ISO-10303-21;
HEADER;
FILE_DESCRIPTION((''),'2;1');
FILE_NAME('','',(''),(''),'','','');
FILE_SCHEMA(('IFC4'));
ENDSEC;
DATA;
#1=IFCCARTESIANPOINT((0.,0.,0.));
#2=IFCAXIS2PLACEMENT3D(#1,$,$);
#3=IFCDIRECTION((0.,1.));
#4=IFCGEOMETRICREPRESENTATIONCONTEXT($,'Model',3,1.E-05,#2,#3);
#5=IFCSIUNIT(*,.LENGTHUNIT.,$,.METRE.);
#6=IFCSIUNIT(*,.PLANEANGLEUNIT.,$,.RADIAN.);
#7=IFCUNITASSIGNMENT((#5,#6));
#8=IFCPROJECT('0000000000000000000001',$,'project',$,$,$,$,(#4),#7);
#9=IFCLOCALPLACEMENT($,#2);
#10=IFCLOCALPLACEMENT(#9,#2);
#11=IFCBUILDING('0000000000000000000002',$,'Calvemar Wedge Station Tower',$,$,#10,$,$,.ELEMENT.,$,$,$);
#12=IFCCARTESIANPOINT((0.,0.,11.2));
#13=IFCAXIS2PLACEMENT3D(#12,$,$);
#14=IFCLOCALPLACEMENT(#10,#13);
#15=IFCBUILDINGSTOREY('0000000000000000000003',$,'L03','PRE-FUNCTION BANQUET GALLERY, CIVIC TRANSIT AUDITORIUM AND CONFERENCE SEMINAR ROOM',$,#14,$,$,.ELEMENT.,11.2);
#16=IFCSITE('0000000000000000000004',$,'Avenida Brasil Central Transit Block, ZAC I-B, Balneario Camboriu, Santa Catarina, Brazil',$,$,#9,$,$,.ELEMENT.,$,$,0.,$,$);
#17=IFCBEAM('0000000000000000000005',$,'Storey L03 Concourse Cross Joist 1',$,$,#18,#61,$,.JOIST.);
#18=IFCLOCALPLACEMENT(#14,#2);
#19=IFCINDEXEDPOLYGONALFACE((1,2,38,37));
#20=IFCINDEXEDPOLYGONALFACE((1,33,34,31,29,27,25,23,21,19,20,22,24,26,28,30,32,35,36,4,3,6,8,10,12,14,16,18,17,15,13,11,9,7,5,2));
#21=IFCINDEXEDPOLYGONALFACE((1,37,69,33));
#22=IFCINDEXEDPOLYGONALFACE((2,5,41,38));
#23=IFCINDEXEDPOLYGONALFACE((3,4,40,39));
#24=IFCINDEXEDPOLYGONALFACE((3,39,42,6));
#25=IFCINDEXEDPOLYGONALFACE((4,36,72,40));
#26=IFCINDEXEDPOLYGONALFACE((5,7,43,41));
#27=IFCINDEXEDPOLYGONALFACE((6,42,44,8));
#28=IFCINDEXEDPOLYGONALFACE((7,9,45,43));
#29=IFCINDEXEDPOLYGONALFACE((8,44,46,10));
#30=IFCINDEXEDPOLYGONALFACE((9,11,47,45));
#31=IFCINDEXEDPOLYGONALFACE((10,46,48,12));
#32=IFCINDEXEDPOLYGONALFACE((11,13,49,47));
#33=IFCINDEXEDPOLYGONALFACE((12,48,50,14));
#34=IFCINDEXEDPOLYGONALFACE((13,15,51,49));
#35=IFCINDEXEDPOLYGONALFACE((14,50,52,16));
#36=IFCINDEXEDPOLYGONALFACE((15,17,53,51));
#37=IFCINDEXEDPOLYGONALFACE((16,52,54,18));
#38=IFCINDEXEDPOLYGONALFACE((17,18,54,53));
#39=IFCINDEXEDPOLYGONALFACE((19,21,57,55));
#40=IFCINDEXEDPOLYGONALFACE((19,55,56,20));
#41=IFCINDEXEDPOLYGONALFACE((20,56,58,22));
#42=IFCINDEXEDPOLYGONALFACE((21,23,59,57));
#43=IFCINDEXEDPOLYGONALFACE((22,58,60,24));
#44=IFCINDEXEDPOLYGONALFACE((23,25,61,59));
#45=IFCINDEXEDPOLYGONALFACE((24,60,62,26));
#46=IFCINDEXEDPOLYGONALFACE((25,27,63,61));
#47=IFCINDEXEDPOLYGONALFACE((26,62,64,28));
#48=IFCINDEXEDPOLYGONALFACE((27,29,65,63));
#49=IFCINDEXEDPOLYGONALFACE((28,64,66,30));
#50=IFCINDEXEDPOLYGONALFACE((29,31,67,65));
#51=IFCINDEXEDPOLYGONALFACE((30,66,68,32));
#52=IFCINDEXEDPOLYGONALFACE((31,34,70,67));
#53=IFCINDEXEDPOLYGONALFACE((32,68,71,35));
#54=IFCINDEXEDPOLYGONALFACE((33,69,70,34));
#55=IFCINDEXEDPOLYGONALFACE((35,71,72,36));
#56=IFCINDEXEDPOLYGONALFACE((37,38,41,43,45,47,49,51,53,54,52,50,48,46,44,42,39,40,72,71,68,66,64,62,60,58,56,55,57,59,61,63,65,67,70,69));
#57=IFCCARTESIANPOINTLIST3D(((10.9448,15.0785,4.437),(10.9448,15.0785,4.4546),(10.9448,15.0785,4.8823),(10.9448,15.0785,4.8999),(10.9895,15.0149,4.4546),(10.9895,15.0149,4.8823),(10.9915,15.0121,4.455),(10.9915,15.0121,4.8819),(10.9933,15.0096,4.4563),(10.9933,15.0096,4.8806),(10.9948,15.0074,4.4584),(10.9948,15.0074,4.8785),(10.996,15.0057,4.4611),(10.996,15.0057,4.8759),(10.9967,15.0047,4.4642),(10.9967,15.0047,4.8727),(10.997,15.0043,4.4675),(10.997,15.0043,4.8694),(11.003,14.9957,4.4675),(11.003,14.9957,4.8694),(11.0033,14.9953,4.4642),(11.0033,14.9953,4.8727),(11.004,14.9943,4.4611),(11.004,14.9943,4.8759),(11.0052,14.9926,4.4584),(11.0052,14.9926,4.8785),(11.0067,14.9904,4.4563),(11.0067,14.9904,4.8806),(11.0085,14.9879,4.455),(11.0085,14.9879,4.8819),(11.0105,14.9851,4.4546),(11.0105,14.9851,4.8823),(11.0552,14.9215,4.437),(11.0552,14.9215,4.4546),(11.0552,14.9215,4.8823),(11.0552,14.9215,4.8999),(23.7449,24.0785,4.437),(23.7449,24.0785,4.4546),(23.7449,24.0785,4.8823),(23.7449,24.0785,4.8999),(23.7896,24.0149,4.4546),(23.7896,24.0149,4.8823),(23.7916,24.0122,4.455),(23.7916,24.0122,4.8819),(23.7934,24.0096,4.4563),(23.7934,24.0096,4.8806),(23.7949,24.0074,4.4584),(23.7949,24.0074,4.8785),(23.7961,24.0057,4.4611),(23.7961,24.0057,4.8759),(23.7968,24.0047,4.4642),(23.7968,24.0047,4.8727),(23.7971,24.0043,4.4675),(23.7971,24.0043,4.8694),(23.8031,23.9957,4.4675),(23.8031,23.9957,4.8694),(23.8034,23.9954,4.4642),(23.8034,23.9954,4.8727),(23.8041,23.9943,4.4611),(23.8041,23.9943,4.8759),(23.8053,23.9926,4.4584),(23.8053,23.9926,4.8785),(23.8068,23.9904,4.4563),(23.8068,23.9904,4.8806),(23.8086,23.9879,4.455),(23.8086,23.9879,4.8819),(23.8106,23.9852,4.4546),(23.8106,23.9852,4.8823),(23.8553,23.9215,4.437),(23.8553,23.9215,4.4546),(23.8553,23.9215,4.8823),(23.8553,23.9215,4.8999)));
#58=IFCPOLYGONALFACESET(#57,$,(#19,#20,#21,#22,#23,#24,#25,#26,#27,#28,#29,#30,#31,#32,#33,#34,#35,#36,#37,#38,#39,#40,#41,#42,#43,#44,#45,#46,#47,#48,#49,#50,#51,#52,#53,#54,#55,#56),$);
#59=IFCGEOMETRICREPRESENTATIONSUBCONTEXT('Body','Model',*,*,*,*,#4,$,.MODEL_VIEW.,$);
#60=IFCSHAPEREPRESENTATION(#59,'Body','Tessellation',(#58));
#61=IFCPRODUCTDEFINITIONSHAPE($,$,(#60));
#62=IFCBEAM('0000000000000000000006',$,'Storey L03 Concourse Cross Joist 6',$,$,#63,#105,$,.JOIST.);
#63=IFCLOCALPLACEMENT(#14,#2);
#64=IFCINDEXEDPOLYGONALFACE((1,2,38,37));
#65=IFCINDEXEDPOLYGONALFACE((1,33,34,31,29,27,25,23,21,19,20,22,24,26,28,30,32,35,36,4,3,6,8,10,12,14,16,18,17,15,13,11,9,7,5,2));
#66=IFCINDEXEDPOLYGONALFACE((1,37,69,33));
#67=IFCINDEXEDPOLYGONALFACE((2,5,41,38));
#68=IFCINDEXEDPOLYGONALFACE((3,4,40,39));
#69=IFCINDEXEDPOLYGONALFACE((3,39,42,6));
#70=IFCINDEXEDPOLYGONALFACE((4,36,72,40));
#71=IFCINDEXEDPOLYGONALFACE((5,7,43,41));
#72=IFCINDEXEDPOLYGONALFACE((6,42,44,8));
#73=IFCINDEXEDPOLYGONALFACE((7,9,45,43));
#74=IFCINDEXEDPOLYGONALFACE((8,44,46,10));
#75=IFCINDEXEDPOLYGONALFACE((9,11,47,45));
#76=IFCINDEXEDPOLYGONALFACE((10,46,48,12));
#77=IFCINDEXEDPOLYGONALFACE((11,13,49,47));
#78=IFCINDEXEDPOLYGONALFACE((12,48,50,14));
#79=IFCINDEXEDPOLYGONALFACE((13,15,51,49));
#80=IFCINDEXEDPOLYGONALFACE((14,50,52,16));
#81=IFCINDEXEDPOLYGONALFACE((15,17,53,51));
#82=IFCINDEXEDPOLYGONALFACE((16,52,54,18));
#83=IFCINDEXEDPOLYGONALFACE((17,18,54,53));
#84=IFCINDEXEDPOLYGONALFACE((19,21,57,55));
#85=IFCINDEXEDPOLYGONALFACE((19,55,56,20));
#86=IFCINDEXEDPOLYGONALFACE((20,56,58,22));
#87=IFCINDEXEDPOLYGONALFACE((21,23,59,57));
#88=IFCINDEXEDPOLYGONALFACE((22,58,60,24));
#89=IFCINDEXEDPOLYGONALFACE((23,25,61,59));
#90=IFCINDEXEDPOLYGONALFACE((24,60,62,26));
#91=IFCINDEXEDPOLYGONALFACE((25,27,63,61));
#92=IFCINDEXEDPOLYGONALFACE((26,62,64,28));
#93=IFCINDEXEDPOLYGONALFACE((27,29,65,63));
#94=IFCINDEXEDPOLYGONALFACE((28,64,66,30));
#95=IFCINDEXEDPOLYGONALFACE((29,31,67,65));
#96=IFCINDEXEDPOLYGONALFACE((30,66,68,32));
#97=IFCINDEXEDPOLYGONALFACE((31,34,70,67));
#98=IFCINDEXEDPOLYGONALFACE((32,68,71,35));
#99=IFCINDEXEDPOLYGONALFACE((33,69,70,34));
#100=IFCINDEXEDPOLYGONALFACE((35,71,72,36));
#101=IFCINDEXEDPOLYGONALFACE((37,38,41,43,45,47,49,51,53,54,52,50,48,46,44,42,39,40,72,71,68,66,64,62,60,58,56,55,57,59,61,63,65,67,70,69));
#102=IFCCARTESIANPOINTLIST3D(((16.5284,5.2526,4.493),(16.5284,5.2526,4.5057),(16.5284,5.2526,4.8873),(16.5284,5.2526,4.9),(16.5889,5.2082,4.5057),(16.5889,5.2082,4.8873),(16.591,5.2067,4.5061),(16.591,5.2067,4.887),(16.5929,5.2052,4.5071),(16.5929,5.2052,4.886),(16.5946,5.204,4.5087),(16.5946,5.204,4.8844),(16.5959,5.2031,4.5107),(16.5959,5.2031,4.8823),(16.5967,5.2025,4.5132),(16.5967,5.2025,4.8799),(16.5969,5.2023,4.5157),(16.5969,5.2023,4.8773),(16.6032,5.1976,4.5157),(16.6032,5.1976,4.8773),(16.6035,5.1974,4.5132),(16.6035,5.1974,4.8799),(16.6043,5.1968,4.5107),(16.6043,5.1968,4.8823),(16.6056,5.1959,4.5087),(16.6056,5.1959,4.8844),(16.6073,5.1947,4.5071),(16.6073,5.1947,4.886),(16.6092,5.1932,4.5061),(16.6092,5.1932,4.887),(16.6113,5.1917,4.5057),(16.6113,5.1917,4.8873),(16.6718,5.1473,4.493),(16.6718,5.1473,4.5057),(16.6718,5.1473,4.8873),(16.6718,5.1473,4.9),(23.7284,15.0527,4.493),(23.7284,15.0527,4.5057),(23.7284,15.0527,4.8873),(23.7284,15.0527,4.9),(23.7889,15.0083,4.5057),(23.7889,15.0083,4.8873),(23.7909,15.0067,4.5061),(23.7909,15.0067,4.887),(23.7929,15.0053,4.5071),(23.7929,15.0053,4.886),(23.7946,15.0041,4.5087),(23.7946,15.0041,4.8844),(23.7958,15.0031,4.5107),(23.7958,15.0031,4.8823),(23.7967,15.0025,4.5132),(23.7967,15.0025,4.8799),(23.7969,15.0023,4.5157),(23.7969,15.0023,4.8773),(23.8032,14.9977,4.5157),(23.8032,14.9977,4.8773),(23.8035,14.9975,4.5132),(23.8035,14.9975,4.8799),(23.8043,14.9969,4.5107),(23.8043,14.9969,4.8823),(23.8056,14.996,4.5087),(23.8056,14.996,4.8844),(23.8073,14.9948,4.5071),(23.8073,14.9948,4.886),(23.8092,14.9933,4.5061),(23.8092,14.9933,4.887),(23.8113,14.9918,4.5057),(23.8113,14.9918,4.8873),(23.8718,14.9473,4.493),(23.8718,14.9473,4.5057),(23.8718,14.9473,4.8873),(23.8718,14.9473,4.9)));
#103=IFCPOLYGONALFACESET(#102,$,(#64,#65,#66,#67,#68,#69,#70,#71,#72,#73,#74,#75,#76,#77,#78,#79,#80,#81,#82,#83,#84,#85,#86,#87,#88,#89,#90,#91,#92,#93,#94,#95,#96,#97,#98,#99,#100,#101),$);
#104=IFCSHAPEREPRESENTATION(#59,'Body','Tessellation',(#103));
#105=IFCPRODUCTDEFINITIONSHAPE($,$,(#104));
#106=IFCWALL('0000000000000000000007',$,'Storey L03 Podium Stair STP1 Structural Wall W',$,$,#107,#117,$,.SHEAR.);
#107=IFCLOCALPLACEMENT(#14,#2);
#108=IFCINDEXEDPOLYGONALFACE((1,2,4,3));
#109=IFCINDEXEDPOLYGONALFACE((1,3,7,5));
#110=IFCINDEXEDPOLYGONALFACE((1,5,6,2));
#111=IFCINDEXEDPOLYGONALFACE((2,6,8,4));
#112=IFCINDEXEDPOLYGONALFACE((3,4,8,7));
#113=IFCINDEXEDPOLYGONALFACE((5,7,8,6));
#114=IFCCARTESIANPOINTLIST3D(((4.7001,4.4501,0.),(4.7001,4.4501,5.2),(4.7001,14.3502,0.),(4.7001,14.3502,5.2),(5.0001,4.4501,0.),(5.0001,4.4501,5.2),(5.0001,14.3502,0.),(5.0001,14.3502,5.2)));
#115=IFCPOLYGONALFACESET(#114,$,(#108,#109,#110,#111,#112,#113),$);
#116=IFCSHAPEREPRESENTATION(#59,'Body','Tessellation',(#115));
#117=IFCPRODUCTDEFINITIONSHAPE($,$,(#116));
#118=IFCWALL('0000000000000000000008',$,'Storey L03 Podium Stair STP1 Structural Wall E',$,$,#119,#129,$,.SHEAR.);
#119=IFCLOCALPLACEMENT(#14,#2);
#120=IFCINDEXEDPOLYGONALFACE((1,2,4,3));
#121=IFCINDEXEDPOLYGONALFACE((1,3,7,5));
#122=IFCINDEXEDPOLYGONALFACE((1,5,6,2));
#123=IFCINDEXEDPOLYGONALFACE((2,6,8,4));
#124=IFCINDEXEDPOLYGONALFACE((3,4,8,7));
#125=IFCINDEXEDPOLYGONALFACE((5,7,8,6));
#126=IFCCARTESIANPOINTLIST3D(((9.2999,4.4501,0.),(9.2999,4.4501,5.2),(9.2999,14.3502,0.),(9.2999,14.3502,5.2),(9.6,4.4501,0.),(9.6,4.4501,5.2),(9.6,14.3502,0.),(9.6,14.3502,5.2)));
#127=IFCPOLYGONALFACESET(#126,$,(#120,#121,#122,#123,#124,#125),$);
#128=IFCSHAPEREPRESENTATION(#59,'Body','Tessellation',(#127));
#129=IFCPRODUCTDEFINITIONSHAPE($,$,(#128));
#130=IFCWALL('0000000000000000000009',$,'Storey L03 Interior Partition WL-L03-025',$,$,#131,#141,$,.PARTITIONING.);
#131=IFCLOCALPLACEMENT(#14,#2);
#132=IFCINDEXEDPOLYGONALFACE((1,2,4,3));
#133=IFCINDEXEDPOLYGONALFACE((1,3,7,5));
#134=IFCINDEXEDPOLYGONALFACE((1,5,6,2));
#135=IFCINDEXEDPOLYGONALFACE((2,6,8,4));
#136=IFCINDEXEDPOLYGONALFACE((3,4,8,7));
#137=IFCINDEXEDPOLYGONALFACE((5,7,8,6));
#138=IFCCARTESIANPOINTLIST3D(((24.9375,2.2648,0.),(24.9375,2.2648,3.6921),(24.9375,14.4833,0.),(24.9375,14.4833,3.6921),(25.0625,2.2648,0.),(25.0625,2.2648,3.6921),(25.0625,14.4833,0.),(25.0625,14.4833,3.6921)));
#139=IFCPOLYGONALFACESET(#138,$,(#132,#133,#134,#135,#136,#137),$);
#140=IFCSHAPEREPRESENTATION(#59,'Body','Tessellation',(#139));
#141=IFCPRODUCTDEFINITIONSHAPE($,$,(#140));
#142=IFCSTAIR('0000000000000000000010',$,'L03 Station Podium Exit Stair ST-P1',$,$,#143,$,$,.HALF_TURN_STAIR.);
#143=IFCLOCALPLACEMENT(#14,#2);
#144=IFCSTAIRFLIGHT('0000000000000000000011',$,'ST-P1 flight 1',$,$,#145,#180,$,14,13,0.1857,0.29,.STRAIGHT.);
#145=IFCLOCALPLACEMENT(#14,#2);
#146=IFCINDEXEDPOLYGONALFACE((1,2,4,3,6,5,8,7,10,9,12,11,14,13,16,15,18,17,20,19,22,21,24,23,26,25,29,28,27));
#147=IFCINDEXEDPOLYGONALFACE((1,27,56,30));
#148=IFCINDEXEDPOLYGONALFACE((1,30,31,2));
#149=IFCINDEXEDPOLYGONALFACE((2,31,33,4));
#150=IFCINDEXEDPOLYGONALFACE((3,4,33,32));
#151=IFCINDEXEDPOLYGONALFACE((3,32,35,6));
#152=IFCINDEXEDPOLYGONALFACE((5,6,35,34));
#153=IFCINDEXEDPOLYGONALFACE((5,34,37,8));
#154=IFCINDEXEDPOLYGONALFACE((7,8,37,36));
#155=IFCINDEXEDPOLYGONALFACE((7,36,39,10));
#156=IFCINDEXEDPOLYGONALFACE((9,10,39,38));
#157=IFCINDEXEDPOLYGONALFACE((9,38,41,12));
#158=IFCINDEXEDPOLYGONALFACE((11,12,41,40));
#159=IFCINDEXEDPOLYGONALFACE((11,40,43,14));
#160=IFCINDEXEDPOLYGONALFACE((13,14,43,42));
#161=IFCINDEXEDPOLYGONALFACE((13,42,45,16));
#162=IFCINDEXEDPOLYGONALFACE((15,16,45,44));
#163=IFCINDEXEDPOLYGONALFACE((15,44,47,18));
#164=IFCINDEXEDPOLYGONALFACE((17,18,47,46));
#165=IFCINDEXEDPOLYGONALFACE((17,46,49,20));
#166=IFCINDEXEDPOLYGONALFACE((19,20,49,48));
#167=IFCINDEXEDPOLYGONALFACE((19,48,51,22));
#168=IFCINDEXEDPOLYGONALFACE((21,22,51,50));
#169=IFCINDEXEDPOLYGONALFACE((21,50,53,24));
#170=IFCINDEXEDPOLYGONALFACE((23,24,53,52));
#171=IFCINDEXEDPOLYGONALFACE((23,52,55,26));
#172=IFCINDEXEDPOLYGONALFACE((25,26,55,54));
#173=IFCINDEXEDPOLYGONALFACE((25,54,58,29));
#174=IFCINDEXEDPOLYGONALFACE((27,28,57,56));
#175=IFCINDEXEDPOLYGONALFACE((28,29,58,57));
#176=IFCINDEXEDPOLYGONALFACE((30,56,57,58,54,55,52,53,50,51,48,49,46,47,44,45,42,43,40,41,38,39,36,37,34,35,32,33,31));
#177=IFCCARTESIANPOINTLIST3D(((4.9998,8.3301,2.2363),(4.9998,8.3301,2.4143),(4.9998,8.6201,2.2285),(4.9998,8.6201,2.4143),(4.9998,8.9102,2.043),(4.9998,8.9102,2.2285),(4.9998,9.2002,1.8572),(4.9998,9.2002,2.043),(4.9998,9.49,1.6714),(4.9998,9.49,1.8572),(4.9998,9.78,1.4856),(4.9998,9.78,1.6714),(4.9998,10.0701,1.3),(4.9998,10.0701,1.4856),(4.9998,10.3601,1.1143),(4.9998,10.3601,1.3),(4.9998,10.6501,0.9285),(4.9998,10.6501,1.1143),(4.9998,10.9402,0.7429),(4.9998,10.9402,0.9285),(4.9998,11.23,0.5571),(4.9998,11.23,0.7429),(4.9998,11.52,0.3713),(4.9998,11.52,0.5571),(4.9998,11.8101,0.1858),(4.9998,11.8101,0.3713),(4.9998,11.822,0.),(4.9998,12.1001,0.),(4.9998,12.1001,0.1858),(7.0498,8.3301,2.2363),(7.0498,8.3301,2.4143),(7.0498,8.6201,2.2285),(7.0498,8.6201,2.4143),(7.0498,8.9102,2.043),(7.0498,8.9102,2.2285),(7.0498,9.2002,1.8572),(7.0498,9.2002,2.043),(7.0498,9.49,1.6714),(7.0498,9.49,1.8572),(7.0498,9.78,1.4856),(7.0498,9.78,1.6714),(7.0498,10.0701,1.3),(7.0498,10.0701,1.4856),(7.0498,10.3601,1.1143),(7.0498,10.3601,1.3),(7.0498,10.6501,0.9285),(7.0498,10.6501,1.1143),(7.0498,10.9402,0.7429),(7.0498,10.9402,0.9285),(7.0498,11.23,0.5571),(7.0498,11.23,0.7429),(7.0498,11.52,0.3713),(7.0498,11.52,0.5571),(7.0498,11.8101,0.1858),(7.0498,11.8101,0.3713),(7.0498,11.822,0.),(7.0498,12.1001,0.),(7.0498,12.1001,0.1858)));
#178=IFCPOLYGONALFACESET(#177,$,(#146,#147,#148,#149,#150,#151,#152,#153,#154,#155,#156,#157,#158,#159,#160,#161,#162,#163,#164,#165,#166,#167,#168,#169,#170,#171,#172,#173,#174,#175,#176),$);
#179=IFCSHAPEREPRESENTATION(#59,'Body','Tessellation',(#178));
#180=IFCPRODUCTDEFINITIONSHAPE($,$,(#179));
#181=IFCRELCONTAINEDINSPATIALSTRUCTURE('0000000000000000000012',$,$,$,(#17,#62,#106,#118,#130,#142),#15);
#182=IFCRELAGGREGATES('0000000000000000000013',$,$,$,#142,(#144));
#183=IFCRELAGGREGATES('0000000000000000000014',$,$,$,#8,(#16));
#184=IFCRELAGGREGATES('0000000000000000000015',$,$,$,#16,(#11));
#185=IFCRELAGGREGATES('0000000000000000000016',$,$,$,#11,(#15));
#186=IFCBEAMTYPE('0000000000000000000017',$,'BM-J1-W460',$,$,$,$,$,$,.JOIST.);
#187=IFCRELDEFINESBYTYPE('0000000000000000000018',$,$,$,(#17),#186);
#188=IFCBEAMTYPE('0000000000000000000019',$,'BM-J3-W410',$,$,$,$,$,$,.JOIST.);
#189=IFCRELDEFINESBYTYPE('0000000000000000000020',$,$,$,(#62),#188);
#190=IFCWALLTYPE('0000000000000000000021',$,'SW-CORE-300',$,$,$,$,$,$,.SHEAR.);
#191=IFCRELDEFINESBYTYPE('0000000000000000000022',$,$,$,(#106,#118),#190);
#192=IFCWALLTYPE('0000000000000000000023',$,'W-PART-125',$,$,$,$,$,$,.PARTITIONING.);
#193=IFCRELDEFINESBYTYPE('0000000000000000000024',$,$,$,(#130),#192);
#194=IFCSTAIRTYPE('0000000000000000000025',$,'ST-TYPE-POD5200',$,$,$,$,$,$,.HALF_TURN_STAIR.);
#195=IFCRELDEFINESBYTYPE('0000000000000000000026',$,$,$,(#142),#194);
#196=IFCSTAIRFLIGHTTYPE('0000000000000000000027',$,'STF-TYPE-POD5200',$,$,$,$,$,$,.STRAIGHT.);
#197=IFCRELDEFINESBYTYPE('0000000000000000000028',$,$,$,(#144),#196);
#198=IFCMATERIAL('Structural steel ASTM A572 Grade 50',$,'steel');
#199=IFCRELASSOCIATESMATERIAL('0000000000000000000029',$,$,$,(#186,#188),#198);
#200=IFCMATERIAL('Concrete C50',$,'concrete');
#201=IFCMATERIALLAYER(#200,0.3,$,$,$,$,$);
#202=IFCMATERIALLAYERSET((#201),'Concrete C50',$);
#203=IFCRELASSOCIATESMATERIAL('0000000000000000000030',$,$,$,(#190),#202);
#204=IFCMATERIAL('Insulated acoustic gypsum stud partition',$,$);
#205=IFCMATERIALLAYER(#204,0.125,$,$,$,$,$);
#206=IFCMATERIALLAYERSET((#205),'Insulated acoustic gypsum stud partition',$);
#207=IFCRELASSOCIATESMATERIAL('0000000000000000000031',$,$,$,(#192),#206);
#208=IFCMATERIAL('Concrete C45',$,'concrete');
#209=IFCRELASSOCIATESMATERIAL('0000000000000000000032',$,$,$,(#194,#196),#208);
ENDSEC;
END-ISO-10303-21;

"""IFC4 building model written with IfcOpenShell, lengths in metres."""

from ifc_helpers import new_model, si_unit, direction, frame, frame_2d, origin, origin_2d, place, context, subcontext, project, spatial, polyline, rectangle, i_section, outline, extrude, source, transform, mapped, material, layer, layer_set, material_profile, profile_set, type_object, element, aggregate, save


model = new_model("IFC4")

# Units and contexts
model_context = context("Model", 3, precision=1e-05, world=origin(), true_north=direction((0.0, 1.0)))
body_context = subcontext(model_context, "Body", "Model", "MODEL_VIEW")
ifc_project = project(units=[si_unit("LENGTHUNIT", "METRE"), si_unit("PLANEANGLEUNIT", "RADIAN")], contexts=[model_context])

# Site, building, storey
site_placement = place(None, origin())
site = spatial("IfcSite", under=ifc_project, at=site_placement, Name="Avenida Brasil Central Transit Block, ZAC I-B, Balneario Camboriu, Santa Catarina, Brazil", CompositionType="ELEMENT", RefElevation=0.0)
building_placement = place(site_placement, origin())
building = spatial("IfcBuilding", under=site, at=building_placement, Name="Calvemar Wedge Station Tower", CompositionType="ELEMENT")
storey_placement = place(building_placement, frame((0.0, 0.0, 11.2)))
storey = spatial("IfcBuildingStorey", under=building, at=storey_placement, Name="L03", Description="PRE-FUNCTION BANQUET GALLERY, CIVIC TRANSIT AUDITORIUM AND CONFERENCE SEMINAR ROOM", CompositionType="ELEMENT", Elevation=11.2)

# Beams
ifc_material_1 = material(Name="Concrete C50", Category="concrete")
ifc_material_2 = material(Name="Structural steel ASTM A572 Grade 50", Category="steel")
ifc_material_profile_1 = material_profile(ifc_material_2, i_section(OverallWidth=0.1919, OverallDepth=0.4629, WebThickness=0.0105, FlangeThickness=0.0176, FilletRadius=0.0129, at=origin_2d()), Name="W460x89")
ifc_profile_set_1 = profile_set([ifc_material_profile_1], Name="Structural steel ASTM A572 Grade 50")
beam_type_1 = type_object("IfcBeamType", Name="BM-J1-W460", PredefinedType="JOIST", material=ifc_profile_set_1)
shared_shape_1 = source(origin(), body_context, "Body", "SweptSolid", [
    extrude(i_section(OverallWidth=0.1919, OverallDepth=0.4629, WebThickness=0.0105, FlangeThickness=0.0176, FilletRadius=0.0129, at=origin_2d()), origin(), (0.0, 0.0, 1.0), 15.6475),
])
beam_1_placement = place(storey_placement, frame((11.0, 15.0, 4.6685), z_axis=(0.81803, 0.575175, 0.0), x_axis=(-0.575175, 0.81803, 0.0)))
element("IfcBeam", 1, at=beam_1_placement, inside=storey, type_object=beam_type_1, Name="Storey L03 Concourse Cross Joist 1", PredefinedType="JOIST", context=body_context, shape_type="MappedRepresentation", body=[
    mapped(shared_shape_1, transform((0.0, 0.0, 0.0), scale=1.0)),
])
ifc_material_profile_2 = material_profile(ifc_material_2, i_section(OverallWidth=0.178, OverallDepth=0.407, WebThickness=0.0078, FlangeThickness=0.0127, FilletRadius=0.01, at=origin_2d()), Name="W410x60")
ifc_profile_set_2 = profile_set([ifc_material_profile_2], Name="Structural steel ASTM A572 Grade 50")
beam_type_2 = type_object("IfcBeamType", Name="BM-J3-W410", PredefinedType="JOIST", material=ifc_profile_set_2)
shared_shape_2 = source(origin(), body_context, "Body", "SweptSolid", [
    extrude(i_section(OverallWidth=0.178, OverallDepth=0.407, WebThickness=0.0078, FlangeThickness=0.0127, FilletRadius=0.01, at=origin_2d()), origin(), (0.0, 0.0, 1.0), 12.1606),
])
beam_2_placement = place(storey_placement, frame((16.6001, 5.2, 4.6965), z_axis=(0.592072, 0.805885, 0.0), x_axis=(-0.805885, 0.592072, 0.0)))
element("IfcBeam", 2, at=beam_2_placement, inside=storey, type_object=beam_type_2, Name="Storey L03 Concourse Cross Joist 6", PredefinedType="JOIST", context=body_context, shape_type="MappedRepresentation", body=[
    mapped(shared_shape_2, transform((0.0, 0.0, 0.0), scale=1.0)),
])

# Walls
ifc_layer_1 = layer(ifc_material_1, 0.3)
ifc_layer_set_1 = layer_set([ifc_layer_1], Name="Concrete C50")
wall_type_1 = type_object("IfcWallType", Name="SW-CORE-300", PredefinedType="SHEAR", material=ifc_layer_set_1)
for number, where, z_axis, x_axis, name in (
    (3, (4.8501, 4.45, 0.0), (0.0, 0.0, 1.0), (0.0, 1.0, 0.0), "Storey L03 Podium Stair STP1 Structural Wall W"),
    (4, (9.45, 4.45, 0.0), (0.0, 0.0, 1.0), (0.0, 1.0, 0.0), "Storey L03 Podium Stair STP1 Structural Wall E"),
):
    element("IfcWall", number, at=place(storey_placement, frame(where, z_axis=z_axis, x_axis=x_axis)), inside=storey, type_object=wall_type_1, Name=name, PredefinedType="SHEAR", context=body_context, shape_type="SweptSolid", body=[
        extrude(rectangle(XDim=9.9001, YDim=0.3, at=frame_2d((4.9502, 0.0))), origin(), (0.0, 0.0, 1.0), 5.2),
    ])
ifc_material_3 = material(Name="Insulated acoustic gypsum stud partition")
ifc_layer_2 = layer(ifc_material_3, 0.125)
ifc_layer_set_2 = layer_set([ifc_layer_2], Name="Insulated acoustic gypsum stud partition")
wall_type_2 = type_object("IfcWallType", Name="W-PART-125", PredefinedType="PARTITIONING", material=ifc_layer_set_2)
wall_placement = place(storey_placement, frame((25.0, 14.4834, 0.0), z_axis=(0.0, 0.0, 1.0), x_axis=(0.0, -1.0, 0.0)))
element("IfcWall", 5, at=wall_placement, inside=storey, type_object=wall_type_2, Name="Storey L03 Interior Partition WL-L03-025", PredefinedType="PARTITIONING", context=body_context, shape_type="SweptSolid", body=[
    extrude(rectangle(XDim=12.2185, YDim=0.125, at=frame_2d((6.1094, 0.0))), origin(), (0.0, 0.0, 1.0), 3.6921),
])

# Stair, stair flight
ifc_material_4 = material(Name="Concrete C45", Category="concrete")
stair_type = type_object("IfcStairType", Name="ST-TYPE-POD5200", PredefinedType="HALF_TURN_STAIR", material=ifc_material_4)
stair_placement = place(storey_placement, origin())
stair = element("IfcStair", 6, at=stair_placement, inside=storey, type_object=stair_type, Name="L03 Station Podium Exit Stair ST-P1", PredefinedType="HALF_TURN_STAIR")
stair_flight_type = type_object("IfcStairFlightType", Name="STF-TYPE-POD5200", PredefinedType="STRAIGHT", material=ifc_material_4)
stair_flight_1_placement = place(storey_placement, frame((6.0249, 12.1001, 0.0), z_axis=(0.0, 0.0, 1.0), x_axis=(0.0, -1.0, 0.0)))
stair_flight_1 = element("IfcStairFlight", 7, at=stair_flight_1_placement, type_object=stair_flight_type, Name="ST-P1 flight 1", NumberOfRisers=14, NumberOfTreads=13, PredefinedType="STRAIGHT", RiserHeight=0.1857, TreadLength=0.29, context=body_context, shape_type="SweptSolid", body=[
    extrude(outline(polyline([(0.0, 0.0), (0.0, 0.1858), (0.29, 0.1858), (0.29, 0.3713), (0.5801, 0.3713), (0.5801, 0.5571), (0.8701, 0.5571), (0.8701, 0.7429), (1.1599, 0.7429), (1.1599, 0.9285), (1.45, 0.9285), (1.45, 1.1143), (1.74, 1.1143), (1.74, 1.3), (2.03, 1.3), (2.03, 1.4856), (2.3201, 1.4856), (2.3201, 1.6714), (2.6101, 1.6714), (2.6101, 1.8572), (2.8999, 1.8572), (2.8999, 2.043), (3.1899, 2.043), (3.1899, 2.2285), (3.48, 2.2285), (3.48, 2.4143), (3.77, 2.4143), (3.77, 2.6001), (3.77, 2.2363), (0.2781, 0.0), (0.0, 0.0)])), frame((0.0, 1.0249, 0.0), z_axis=(0.0, -1.0, 0.0), x_axis=(1.0, 0.0, 0.0)), (0.0, 0.0, 1.0), 2.05),
])
aggregate(stair, [stair_flight_1])

save(model, "model.ifc")
